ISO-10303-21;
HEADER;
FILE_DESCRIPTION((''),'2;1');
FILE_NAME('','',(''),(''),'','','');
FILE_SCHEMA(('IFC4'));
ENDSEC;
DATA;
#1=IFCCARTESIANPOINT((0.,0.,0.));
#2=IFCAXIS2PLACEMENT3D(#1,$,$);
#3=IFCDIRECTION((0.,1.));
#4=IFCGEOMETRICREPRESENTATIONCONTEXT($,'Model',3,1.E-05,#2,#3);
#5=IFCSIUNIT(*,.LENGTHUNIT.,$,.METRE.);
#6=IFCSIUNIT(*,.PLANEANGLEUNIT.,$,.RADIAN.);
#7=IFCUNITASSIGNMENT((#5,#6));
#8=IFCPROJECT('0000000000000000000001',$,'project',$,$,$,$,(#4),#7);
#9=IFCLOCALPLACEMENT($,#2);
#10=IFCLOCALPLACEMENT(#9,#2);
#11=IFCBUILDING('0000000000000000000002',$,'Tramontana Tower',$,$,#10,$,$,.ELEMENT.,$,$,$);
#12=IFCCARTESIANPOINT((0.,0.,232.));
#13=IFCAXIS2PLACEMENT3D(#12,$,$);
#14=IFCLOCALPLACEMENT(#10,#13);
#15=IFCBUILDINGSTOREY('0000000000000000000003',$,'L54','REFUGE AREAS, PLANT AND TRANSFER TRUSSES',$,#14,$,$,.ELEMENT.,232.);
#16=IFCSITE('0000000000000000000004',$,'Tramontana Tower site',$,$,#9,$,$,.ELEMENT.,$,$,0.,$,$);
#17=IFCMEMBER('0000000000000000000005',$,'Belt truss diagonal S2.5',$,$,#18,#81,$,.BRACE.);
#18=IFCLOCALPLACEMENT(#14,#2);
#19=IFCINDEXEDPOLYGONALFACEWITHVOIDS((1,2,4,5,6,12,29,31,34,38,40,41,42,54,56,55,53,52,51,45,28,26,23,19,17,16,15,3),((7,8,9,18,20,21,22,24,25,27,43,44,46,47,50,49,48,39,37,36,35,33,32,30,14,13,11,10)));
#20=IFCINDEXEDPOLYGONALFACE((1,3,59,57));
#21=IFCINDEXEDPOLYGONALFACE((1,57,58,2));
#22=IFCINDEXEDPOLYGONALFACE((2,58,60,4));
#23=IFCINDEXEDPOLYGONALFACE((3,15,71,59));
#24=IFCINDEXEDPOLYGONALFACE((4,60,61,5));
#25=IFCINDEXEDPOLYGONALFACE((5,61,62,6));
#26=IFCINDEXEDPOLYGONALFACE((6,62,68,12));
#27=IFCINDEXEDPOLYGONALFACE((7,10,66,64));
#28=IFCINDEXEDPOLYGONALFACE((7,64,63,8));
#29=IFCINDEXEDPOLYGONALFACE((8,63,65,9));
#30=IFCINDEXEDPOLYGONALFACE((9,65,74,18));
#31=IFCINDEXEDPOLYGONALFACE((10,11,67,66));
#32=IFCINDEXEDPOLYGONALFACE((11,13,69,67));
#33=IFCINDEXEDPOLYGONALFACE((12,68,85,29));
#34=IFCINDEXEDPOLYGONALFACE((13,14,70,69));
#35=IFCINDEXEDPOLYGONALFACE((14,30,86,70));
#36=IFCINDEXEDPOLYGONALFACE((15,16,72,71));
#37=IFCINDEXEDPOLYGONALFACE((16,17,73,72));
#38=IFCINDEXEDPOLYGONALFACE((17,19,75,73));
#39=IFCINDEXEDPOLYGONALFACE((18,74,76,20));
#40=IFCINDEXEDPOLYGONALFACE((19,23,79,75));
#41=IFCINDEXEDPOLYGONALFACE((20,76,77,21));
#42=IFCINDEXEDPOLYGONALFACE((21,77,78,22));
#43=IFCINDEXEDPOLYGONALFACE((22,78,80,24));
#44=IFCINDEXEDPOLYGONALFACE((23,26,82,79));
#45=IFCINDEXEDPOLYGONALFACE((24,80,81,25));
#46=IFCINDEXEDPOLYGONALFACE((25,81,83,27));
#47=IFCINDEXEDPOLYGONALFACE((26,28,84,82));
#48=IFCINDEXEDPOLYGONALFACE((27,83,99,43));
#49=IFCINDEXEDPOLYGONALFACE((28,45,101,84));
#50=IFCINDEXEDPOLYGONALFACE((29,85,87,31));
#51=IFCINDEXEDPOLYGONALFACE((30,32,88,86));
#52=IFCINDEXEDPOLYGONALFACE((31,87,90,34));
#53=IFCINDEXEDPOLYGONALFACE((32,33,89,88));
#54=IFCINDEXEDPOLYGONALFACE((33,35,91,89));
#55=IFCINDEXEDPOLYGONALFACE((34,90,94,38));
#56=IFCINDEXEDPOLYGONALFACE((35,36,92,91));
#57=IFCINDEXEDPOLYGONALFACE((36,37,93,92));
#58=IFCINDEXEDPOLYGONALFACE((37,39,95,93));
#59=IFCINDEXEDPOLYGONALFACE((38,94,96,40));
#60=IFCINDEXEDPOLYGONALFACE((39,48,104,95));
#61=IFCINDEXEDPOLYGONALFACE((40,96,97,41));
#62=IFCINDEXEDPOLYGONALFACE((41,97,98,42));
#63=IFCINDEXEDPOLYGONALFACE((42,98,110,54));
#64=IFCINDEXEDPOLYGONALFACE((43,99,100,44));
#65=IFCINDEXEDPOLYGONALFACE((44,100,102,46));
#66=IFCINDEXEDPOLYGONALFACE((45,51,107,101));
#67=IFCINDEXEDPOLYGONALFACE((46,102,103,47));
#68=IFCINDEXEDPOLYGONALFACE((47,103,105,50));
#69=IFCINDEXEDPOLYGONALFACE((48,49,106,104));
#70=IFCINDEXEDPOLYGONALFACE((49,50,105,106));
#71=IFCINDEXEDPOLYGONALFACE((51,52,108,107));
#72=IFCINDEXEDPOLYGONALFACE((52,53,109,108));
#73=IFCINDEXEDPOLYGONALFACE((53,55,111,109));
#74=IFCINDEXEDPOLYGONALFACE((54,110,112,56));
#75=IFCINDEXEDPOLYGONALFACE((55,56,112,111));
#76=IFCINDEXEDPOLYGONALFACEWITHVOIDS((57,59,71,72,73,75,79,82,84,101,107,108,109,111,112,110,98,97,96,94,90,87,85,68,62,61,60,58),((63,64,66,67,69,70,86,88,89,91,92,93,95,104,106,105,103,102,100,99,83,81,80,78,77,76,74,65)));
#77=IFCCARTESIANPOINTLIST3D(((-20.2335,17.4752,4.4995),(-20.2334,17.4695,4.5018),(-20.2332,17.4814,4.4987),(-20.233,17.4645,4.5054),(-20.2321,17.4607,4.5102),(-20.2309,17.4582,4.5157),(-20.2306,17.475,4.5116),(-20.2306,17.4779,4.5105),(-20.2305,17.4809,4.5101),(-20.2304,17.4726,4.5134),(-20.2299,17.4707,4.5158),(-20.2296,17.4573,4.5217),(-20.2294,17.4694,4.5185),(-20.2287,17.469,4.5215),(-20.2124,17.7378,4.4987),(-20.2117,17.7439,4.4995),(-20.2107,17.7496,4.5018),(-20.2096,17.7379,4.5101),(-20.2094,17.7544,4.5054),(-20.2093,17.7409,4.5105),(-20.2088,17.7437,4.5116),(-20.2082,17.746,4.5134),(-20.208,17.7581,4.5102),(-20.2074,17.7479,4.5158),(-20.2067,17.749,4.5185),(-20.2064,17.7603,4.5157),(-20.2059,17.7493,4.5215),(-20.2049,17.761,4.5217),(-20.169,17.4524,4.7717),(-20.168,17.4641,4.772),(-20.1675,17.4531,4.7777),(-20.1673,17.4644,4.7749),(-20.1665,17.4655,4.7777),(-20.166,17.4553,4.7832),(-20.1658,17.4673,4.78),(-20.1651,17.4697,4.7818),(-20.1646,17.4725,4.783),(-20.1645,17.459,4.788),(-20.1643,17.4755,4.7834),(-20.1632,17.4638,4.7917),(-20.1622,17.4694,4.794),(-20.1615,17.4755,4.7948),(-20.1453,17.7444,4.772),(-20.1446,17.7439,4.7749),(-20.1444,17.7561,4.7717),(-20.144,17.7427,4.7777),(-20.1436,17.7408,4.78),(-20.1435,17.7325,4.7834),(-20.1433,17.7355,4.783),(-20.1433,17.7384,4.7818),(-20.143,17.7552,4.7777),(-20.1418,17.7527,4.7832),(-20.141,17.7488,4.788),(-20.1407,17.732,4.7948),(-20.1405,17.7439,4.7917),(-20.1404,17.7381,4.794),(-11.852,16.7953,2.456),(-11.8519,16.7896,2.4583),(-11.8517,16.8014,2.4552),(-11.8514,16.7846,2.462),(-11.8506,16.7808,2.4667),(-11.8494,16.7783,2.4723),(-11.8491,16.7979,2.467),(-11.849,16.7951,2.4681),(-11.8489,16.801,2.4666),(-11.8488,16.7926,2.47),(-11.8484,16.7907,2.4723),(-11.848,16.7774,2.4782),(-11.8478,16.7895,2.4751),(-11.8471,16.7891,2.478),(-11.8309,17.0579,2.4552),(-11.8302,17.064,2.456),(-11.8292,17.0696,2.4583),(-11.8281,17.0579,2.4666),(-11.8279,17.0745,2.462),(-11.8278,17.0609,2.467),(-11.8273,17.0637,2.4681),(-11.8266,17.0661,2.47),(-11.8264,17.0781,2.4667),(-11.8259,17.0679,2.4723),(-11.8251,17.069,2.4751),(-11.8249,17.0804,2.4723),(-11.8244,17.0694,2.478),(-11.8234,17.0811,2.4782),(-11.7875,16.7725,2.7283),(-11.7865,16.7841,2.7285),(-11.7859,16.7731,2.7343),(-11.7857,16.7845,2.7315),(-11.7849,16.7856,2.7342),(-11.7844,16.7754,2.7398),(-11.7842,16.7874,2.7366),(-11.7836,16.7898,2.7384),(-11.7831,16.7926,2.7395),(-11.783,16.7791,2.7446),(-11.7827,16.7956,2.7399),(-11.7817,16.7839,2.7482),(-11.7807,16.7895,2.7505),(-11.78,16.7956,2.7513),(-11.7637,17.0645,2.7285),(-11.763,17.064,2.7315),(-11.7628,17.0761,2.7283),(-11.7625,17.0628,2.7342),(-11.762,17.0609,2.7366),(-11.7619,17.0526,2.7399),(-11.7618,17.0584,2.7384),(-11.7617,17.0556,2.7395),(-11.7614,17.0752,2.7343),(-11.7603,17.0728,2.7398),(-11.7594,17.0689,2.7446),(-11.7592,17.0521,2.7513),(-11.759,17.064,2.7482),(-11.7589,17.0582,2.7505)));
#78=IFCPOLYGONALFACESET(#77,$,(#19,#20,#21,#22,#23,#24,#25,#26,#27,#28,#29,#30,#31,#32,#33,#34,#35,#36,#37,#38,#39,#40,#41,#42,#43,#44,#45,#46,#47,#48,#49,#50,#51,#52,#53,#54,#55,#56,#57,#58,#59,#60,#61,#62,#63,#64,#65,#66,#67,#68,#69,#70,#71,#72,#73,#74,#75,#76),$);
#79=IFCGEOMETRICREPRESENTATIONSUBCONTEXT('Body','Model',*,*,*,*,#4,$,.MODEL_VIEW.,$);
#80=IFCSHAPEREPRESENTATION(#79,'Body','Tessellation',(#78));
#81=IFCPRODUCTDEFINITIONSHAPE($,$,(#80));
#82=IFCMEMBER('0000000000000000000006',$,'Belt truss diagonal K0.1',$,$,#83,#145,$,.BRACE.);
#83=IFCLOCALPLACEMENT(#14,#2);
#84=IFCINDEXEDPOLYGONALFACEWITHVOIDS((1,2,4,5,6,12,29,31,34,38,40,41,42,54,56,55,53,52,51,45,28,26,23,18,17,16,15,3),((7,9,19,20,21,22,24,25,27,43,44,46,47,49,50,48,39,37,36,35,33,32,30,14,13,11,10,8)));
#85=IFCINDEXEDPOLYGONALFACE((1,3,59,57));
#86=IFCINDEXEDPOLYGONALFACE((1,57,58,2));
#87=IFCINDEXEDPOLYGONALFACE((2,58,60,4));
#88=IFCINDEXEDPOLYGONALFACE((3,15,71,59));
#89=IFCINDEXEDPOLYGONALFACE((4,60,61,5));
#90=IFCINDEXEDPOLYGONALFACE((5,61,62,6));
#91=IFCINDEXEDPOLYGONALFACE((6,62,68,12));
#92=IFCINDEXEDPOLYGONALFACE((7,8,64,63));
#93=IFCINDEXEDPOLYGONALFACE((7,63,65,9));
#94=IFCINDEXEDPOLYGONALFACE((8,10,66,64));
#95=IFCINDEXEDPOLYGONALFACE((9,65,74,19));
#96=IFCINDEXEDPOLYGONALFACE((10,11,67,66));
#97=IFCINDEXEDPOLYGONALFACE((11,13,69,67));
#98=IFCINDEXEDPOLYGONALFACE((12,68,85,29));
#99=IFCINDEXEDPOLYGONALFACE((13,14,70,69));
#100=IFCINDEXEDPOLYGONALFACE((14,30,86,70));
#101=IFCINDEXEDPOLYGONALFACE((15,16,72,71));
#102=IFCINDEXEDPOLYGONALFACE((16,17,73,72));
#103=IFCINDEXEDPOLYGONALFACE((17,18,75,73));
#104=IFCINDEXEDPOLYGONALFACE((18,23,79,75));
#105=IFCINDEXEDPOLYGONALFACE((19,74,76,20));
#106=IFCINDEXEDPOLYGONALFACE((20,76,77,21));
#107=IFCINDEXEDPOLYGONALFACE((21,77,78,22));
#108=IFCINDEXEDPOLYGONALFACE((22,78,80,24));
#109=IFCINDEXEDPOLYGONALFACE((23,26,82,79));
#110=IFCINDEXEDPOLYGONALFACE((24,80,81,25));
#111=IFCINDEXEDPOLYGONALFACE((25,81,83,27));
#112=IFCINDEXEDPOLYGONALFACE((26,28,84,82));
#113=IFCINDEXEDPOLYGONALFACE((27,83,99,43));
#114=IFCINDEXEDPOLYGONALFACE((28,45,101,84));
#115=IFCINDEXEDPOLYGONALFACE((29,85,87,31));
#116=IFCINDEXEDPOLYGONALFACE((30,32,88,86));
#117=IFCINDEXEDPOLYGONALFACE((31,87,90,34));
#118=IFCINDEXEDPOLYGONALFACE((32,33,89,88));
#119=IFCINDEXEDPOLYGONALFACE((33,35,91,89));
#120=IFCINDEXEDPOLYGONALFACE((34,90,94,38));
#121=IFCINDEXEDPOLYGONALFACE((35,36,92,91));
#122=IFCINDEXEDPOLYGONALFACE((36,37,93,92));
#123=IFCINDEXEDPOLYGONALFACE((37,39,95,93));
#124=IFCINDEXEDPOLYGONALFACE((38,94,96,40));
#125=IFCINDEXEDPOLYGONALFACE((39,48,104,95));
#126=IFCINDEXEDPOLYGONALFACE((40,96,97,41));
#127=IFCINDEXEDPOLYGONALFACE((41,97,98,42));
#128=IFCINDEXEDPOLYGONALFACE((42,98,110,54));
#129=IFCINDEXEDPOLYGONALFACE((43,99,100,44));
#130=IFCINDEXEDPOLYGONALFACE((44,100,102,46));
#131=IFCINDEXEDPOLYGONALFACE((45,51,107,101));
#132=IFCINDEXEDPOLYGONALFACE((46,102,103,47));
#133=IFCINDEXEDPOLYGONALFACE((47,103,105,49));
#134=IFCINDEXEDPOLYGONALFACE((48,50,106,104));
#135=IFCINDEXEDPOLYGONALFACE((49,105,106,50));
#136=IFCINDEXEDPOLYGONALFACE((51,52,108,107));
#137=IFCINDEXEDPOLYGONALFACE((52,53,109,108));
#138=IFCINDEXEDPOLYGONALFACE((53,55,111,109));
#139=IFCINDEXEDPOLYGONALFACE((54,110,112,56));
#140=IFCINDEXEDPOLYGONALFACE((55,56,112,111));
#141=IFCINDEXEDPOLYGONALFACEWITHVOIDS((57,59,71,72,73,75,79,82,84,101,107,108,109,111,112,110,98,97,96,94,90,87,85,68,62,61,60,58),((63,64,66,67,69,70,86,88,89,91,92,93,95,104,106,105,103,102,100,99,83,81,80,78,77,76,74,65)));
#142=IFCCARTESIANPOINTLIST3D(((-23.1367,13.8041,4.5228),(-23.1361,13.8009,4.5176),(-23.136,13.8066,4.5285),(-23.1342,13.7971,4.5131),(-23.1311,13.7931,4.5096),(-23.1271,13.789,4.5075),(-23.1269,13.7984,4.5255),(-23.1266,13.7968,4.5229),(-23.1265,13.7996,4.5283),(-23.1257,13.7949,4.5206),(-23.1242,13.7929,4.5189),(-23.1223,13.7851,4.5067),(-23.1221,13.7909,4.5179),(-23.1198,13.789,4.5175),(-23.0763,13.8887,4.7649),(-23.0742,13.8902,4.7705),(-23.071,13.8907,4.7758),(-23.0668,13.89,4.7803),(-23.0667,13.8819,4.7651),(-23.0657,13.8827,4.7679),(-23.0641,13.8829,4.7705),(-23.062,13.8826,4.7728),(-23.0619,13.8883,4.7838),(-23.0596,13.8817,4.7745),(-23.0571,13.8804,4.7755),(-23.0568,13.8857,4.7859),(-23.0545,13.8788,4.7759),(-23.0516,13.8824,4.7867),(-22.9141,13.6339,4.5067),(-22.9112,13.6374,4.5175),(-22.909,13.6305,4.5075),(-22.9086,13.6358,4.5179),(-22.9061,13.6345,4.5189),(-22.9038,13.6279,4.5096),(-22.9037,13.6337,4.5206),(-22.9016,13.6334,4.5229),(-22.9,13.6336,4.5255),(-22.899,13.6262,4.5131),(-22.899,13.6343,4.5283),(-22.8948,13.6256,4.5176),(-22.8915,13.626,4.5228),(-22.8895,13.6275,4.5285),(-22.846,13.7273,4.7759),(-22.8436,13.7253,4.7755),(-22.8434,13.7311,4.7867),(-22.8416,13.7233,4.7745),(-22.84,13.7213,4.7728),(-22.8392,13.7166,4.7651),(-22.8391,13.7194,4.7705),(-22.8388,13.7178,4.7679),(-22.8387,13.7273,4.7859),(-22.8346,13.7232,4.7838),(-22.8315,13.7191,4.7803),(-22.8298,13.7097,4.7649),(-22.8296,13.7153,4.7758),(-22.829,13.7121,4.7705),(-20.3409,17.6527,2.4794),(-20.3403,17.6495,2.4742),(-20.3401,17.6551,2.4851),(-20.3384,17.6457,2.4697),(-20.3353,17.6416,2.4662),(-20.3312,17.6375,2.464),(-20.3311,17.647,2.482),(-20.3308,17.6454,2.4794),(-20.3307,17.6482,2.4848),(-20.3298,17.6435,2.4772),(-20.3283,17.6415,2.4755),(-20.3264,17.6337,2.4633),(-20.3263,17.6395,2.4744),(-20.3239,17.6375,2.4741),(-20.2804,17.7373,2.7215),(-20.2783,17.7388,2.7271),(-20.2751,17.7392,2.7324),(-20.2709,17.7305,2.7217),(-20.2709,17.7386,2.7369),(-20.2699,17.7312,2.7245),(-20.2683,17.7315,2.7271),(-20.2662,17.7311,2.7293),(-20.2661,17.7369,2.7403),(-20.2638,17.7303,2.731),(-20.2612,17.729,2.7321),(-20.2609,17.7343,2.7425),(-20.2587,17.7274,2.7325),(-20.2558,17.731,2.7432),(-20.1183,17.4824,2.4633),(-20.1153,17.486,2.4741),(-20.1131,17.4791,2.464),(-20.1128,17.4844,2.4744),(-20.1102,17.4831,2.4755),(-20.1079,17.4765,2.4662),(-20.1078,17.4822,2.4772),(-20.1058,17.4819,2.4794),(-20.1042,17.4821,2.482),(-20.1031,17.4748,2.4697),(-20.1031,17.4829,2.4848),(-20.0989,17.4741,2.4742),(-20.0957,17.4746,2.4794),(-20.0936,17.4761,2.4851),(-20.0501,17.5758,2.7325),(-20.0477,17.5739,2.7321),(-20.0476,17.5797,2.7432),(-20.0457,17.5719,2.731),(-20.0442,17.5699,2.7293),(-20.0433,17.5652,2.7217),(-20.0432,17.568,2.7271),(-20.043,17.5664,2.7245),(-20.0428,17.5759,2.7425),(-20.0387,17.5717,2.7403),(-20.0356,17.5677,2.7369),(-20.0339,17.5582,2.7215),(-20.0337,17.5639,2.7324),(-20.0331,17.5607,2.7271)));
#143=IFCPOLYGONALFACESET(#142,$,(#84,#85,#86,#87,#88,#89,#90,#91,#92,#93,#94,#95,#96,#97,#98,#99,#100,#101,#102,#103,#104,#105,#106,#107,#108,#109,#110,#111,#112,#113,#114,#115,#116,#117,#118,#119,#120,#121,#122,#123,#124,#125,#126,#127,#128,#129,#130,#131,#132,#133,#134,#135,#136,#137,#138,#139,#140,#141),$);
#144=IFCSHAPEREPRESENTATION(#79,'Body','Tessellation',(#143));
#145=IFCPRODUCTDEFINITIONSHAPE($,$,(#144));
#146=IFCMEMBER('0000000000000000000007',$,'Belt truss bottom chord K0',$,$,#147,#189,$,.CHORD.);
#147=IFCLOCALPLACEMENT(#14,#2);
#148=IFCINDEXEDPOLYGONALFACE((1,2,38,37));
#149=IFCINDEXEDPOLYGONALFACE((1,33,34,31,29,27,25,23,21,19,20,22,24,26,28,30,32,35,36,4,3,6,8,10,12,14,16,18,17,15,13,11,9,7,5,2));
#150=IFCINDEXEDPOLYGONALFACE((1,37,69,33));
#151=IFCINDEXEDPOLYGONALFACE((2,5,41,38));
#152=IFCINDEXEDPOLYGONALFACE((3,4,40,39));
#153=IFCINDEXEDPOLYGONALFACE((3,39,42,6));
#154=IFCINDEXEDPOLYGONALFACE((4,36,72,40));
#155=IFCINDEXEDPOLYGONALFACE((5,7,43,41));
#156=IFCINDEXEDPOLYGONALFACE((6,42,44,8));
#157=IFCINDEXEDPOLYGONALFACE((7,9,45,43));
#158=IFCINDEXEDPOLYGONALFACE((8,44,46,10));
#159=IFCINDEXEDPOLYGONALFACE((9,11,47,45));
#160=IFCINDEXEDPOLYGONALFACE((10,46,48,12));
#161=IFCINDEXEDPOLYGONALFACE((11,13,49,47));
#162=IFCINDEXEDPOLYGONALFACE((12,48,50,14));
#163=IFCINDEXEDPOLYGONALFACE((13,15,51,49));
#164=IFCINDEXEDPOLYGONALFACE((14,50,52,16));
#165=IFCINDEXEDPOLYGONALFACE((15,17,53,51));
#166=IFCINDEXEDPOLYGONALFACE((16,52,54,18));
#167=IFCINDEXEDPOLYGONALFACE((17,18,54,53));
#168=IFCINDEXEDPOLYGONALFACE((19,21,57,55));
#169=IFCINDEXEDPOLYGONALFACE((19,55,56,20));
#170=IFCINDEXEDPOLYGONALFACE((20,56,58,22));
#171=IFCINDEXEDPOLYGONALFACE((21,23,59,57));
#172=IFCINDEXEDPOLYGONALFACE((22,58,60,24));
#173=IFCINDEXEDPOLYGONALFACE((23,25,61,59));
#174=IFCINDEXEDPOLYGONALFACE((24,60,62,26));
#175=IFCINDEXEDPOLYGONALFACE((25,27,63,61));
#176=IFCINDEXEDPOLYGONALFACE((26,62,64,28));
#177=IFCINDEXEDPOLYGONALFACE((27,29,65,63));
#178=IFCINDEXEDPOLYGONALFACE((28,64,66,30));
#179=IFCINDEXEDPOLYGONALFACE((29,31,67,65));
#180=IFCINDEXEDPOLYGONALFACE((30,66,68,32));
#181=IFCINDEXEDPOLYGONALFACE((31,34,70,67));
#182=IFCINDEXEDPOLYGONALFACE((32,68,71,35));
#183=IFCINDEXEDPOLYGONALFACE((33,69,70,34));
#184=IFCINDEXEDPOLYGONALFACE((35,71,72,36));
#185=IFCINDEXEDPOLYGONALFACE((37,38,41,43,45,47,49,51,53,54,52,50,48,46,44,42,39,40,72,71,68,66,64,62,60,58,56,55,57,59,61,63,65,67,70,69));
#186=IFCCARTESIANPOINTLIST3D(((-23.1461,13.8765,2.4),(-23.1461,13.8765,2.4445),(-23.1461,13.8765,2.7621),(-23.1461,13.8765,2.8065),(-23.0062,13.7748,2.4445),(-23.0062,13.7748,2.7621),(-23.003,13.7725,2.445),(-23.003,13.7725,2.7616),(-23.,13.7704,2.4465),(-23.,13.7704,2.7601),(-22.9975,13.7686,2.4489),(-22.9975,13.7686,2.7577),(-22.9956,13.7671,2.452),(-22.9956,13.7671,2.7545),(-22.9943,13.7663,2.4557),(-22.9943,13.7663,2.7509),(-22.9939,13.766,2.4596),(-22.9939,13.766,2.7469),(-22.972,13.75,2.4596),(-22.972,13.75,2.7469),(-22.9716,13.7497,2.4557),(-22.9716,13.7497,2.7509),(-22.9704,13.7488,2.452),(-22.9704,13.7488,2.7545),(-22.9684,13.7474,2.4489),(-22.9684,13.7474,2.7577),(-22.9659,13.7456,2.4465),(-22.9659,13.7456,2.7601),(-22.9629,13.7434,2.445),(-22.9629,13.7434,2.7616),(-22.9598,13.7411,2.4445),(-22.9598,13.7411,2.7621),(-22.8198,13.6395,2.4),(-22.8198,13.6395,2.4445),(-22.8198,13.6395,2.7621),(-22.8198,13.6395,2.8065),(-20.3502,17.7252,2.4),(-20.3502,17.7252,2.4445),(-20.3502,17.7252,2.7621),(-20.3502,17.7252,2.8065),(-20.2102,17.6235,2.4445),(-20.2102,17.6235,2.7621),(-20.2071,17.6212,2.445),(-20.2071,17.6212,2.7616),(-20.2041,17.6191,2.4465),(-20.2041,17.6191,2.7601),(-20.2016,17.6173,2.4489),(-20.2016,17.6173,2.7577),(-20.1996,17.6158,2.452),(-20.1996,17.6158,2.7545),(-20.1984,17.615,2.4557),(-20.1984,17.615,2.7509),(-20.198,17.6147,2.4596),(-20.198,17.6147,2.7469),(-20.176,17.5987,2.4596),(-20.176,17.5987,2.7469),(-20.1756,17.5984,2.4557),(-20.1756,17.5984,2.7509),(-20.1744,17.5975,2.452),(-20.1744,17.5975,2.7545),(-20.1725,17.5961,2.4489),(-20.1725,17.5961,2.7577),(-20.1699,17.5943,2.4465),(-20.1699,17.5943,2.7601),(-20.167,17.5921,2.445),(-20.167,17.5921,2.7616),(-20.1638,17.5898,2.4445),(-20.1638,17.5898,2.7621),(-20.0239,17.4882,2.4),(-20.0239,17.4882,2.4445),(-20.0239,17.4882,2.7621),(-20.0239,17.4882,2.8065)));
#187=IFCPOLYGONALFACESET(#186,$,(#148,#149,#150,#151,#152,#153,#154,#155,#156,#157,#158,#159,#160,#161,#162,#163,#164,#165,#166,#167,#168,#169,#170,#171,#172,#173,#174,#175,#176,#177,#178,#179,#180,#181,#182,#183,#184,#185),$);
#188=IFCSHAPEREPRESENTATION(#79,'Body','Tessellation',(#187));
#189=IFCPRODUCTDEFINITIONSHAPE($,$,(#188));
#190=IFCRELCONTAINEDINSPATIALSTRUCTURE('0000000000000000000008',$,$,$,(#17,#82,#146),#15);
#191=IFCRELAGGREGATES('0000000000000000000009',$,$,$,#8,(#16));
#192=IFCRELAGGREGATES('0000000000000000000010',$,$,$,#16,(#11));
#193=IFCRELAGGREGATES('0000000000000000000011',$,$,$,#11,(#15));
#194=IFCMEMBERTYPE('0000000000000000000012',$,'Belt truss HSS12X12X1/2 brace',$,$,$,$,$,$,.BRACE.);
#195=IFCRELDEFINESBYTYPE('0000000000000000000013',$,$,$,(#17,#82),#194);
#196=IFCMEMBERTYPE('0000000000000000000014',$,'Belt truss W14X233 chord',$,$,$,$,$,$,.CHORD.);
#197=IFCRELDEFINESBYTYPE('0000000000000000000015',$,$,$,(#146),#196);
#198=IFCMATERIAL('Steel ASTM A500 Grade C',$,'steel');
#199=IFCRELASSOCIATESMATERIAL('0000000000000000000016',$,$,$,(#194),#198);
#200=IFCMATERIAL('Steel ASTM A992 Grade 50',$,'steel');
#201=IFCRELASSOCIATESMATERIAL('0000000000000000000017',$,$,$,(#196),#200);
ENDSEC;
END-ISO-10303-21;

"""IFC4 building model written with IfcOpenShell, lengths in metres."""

from ifc_helpers import new_model, si_unit, direction, frame, origin, origin_2d, place, context, subcontext, project, spatial, hollow_rectangle, i_section, extrude, material, material_profile, profile_set, type_object, element, save


model = new_model("IFC4")

# Units and contexts
model_context = context("Model", 3, precision=1e-05, world=origin(), true_north=direction((0.0, 1.0)))
body_context = subcontext(model_context, "Body", "Model", "MODEL_VIEW")
ifc_project = project(units=[si_unit("LENGTHUNIT", "METRE"), si_unit("PLANEANGLEUNIT", "RADIAN")], contexts=[model_context])

# Site, building, storey
site_placement = place(None, origin())
site = spatial("IfcSite", under=ifc_project, at=site_placement, Name="Tramontana Tower site", CompositionType="ELEMENT", RefElevation=0.0)
building_placement = place(site_placement, origin())
building = spatial("IfcBuilding", under=site, at=building_placement, Name="Tramontana Tower", CompositionType="ELEMENT")
storey_placement = place(building_placement, frame((0.0, 0.0, 232.0)))
storey = spatial("IfcBuildingStorey", under=building, at=storey_placement, Name="L54", Description="REFUGE AREAS, PLANT AND TRANSFER TRUSSES", CompositionType="ELEMENT", Elevation=232.0)

# Members
ifc_material_1 = material(Name="Steel ASTM A500 Grade C", Category="steel")
ifc_material_profile_1 = material_profile(ifc_material_1, hollow_rectangle(XDim=0.3047, YDim=0.3047, WallThickness=0.0117, InnerFilletRadius=0.0117, OuterFilletRadius=0.0237, at=origin_2d()), Name="HSS12X12X1/2")
ifc_profile_set_1 = profile_set([ifc_material_profile_1], Name="Steel ASTM A500 Grade C")
member_type_1 = type_object("IfcMemberType", Name="Belt truss HSS12X12X1/2 brace", PredefinedType="BRACE", material=ifc_profile_set_1)
member_1_placement = place(storey_placement, frame((-11.8054, 16.9268, 2.6033), z_axis=(-0.968539, 0.07857, 0.236133), x_axis=(-0.080856, -0.996726, 0.0)))
element("IfcMember", 1, at=member_1_placement, inside=storey, type_object=member_type_1, Name="Belt truss diagonal S2.5", PredefinedType="BRACE", context=body_context, shape_type="SweptSolid", body=[
    extrude(hollow_rectangle(XDim=0.3047, YDim=0.3047, WallThickness=0.0117, InnerFilletRadius=0.0117, OuterFilletRadius=0.0237, at=origin_2d()), origin(), (0.0, 0.0, 1.0), 8.6538),
])
member_2_placement = place(storey_placement, frame((-20.187, 17.6067, 2.6033), z_axis=(-0.540027, -0.743363, 0.394693), x_axis=(0.809047, -0.587744, 0.0)))
element("IfcMember", 2, at=member_2_placement, inside=storey, type_object=member_type_1, Name="Belt truss diagonal K0.1", PredefinedType="BRACE", context=body_context, shape_type="SweptSolid", body=[
    extrude(hollow_rectangle(XDim=0.3047, YDim=0.3047, WallThickness=0.0117, InnerFilletRadius=0.0117, OuterFilletRadius=0.0237, at=origin_2d()), origin(), (0.0, 0.0, 1.0), 5.1772),
])
ifc_material_2 = material(Name="Steel ASTM A992 Grade 50", Category="steel")
ifc_material_profile_2 = material_profile(ifc_material_2, i_section(OverallWidth=0.4033, OverallDepth=0.4065, WebThickness=0.0271, FlangeThickness=0.0444, FilletRadius=0.0151, at=origin_2d()), Name="W14X233")
ifc_profile_set_2 = profile_set([ifc_material_profile_2], Name="Steel ASTM A992 Grade 50")
member_type_2 = type_object("IfcMemberType", Name="Belt truss W14X233 chord", PredefinedType="CHORD", material=ifc_profile_set_2)
for number, where, z_axis, x_axis, name in (
    (3, (-20.187, 17.6067, 2.6033), (-0.587744, -0.809047, 0.0), (0.809047, -0.587744, 0.0), "Belt truss bottom chord K0"),
):
    element("IfcMember", number, at=place(storey_placement, frame(where, z_axis=z_axis, x_axis=x_axis)), inside=storey, type_object=member_type_2, Name=name, PredefinedType="CHORD", context=body_context, shape_type="SweptSolid", body=[
        extrude(i_section(OverallWidth=0.4033, OverallDepth=0.4065, WebThickness=0.0271, FlangeThickness=0.0444, FilletRadius=0.0151, at=origin_2d()), origin(), (0.0, 0.0, 1.0), 4.7571),
    ])

save(model, "model.ifc")
